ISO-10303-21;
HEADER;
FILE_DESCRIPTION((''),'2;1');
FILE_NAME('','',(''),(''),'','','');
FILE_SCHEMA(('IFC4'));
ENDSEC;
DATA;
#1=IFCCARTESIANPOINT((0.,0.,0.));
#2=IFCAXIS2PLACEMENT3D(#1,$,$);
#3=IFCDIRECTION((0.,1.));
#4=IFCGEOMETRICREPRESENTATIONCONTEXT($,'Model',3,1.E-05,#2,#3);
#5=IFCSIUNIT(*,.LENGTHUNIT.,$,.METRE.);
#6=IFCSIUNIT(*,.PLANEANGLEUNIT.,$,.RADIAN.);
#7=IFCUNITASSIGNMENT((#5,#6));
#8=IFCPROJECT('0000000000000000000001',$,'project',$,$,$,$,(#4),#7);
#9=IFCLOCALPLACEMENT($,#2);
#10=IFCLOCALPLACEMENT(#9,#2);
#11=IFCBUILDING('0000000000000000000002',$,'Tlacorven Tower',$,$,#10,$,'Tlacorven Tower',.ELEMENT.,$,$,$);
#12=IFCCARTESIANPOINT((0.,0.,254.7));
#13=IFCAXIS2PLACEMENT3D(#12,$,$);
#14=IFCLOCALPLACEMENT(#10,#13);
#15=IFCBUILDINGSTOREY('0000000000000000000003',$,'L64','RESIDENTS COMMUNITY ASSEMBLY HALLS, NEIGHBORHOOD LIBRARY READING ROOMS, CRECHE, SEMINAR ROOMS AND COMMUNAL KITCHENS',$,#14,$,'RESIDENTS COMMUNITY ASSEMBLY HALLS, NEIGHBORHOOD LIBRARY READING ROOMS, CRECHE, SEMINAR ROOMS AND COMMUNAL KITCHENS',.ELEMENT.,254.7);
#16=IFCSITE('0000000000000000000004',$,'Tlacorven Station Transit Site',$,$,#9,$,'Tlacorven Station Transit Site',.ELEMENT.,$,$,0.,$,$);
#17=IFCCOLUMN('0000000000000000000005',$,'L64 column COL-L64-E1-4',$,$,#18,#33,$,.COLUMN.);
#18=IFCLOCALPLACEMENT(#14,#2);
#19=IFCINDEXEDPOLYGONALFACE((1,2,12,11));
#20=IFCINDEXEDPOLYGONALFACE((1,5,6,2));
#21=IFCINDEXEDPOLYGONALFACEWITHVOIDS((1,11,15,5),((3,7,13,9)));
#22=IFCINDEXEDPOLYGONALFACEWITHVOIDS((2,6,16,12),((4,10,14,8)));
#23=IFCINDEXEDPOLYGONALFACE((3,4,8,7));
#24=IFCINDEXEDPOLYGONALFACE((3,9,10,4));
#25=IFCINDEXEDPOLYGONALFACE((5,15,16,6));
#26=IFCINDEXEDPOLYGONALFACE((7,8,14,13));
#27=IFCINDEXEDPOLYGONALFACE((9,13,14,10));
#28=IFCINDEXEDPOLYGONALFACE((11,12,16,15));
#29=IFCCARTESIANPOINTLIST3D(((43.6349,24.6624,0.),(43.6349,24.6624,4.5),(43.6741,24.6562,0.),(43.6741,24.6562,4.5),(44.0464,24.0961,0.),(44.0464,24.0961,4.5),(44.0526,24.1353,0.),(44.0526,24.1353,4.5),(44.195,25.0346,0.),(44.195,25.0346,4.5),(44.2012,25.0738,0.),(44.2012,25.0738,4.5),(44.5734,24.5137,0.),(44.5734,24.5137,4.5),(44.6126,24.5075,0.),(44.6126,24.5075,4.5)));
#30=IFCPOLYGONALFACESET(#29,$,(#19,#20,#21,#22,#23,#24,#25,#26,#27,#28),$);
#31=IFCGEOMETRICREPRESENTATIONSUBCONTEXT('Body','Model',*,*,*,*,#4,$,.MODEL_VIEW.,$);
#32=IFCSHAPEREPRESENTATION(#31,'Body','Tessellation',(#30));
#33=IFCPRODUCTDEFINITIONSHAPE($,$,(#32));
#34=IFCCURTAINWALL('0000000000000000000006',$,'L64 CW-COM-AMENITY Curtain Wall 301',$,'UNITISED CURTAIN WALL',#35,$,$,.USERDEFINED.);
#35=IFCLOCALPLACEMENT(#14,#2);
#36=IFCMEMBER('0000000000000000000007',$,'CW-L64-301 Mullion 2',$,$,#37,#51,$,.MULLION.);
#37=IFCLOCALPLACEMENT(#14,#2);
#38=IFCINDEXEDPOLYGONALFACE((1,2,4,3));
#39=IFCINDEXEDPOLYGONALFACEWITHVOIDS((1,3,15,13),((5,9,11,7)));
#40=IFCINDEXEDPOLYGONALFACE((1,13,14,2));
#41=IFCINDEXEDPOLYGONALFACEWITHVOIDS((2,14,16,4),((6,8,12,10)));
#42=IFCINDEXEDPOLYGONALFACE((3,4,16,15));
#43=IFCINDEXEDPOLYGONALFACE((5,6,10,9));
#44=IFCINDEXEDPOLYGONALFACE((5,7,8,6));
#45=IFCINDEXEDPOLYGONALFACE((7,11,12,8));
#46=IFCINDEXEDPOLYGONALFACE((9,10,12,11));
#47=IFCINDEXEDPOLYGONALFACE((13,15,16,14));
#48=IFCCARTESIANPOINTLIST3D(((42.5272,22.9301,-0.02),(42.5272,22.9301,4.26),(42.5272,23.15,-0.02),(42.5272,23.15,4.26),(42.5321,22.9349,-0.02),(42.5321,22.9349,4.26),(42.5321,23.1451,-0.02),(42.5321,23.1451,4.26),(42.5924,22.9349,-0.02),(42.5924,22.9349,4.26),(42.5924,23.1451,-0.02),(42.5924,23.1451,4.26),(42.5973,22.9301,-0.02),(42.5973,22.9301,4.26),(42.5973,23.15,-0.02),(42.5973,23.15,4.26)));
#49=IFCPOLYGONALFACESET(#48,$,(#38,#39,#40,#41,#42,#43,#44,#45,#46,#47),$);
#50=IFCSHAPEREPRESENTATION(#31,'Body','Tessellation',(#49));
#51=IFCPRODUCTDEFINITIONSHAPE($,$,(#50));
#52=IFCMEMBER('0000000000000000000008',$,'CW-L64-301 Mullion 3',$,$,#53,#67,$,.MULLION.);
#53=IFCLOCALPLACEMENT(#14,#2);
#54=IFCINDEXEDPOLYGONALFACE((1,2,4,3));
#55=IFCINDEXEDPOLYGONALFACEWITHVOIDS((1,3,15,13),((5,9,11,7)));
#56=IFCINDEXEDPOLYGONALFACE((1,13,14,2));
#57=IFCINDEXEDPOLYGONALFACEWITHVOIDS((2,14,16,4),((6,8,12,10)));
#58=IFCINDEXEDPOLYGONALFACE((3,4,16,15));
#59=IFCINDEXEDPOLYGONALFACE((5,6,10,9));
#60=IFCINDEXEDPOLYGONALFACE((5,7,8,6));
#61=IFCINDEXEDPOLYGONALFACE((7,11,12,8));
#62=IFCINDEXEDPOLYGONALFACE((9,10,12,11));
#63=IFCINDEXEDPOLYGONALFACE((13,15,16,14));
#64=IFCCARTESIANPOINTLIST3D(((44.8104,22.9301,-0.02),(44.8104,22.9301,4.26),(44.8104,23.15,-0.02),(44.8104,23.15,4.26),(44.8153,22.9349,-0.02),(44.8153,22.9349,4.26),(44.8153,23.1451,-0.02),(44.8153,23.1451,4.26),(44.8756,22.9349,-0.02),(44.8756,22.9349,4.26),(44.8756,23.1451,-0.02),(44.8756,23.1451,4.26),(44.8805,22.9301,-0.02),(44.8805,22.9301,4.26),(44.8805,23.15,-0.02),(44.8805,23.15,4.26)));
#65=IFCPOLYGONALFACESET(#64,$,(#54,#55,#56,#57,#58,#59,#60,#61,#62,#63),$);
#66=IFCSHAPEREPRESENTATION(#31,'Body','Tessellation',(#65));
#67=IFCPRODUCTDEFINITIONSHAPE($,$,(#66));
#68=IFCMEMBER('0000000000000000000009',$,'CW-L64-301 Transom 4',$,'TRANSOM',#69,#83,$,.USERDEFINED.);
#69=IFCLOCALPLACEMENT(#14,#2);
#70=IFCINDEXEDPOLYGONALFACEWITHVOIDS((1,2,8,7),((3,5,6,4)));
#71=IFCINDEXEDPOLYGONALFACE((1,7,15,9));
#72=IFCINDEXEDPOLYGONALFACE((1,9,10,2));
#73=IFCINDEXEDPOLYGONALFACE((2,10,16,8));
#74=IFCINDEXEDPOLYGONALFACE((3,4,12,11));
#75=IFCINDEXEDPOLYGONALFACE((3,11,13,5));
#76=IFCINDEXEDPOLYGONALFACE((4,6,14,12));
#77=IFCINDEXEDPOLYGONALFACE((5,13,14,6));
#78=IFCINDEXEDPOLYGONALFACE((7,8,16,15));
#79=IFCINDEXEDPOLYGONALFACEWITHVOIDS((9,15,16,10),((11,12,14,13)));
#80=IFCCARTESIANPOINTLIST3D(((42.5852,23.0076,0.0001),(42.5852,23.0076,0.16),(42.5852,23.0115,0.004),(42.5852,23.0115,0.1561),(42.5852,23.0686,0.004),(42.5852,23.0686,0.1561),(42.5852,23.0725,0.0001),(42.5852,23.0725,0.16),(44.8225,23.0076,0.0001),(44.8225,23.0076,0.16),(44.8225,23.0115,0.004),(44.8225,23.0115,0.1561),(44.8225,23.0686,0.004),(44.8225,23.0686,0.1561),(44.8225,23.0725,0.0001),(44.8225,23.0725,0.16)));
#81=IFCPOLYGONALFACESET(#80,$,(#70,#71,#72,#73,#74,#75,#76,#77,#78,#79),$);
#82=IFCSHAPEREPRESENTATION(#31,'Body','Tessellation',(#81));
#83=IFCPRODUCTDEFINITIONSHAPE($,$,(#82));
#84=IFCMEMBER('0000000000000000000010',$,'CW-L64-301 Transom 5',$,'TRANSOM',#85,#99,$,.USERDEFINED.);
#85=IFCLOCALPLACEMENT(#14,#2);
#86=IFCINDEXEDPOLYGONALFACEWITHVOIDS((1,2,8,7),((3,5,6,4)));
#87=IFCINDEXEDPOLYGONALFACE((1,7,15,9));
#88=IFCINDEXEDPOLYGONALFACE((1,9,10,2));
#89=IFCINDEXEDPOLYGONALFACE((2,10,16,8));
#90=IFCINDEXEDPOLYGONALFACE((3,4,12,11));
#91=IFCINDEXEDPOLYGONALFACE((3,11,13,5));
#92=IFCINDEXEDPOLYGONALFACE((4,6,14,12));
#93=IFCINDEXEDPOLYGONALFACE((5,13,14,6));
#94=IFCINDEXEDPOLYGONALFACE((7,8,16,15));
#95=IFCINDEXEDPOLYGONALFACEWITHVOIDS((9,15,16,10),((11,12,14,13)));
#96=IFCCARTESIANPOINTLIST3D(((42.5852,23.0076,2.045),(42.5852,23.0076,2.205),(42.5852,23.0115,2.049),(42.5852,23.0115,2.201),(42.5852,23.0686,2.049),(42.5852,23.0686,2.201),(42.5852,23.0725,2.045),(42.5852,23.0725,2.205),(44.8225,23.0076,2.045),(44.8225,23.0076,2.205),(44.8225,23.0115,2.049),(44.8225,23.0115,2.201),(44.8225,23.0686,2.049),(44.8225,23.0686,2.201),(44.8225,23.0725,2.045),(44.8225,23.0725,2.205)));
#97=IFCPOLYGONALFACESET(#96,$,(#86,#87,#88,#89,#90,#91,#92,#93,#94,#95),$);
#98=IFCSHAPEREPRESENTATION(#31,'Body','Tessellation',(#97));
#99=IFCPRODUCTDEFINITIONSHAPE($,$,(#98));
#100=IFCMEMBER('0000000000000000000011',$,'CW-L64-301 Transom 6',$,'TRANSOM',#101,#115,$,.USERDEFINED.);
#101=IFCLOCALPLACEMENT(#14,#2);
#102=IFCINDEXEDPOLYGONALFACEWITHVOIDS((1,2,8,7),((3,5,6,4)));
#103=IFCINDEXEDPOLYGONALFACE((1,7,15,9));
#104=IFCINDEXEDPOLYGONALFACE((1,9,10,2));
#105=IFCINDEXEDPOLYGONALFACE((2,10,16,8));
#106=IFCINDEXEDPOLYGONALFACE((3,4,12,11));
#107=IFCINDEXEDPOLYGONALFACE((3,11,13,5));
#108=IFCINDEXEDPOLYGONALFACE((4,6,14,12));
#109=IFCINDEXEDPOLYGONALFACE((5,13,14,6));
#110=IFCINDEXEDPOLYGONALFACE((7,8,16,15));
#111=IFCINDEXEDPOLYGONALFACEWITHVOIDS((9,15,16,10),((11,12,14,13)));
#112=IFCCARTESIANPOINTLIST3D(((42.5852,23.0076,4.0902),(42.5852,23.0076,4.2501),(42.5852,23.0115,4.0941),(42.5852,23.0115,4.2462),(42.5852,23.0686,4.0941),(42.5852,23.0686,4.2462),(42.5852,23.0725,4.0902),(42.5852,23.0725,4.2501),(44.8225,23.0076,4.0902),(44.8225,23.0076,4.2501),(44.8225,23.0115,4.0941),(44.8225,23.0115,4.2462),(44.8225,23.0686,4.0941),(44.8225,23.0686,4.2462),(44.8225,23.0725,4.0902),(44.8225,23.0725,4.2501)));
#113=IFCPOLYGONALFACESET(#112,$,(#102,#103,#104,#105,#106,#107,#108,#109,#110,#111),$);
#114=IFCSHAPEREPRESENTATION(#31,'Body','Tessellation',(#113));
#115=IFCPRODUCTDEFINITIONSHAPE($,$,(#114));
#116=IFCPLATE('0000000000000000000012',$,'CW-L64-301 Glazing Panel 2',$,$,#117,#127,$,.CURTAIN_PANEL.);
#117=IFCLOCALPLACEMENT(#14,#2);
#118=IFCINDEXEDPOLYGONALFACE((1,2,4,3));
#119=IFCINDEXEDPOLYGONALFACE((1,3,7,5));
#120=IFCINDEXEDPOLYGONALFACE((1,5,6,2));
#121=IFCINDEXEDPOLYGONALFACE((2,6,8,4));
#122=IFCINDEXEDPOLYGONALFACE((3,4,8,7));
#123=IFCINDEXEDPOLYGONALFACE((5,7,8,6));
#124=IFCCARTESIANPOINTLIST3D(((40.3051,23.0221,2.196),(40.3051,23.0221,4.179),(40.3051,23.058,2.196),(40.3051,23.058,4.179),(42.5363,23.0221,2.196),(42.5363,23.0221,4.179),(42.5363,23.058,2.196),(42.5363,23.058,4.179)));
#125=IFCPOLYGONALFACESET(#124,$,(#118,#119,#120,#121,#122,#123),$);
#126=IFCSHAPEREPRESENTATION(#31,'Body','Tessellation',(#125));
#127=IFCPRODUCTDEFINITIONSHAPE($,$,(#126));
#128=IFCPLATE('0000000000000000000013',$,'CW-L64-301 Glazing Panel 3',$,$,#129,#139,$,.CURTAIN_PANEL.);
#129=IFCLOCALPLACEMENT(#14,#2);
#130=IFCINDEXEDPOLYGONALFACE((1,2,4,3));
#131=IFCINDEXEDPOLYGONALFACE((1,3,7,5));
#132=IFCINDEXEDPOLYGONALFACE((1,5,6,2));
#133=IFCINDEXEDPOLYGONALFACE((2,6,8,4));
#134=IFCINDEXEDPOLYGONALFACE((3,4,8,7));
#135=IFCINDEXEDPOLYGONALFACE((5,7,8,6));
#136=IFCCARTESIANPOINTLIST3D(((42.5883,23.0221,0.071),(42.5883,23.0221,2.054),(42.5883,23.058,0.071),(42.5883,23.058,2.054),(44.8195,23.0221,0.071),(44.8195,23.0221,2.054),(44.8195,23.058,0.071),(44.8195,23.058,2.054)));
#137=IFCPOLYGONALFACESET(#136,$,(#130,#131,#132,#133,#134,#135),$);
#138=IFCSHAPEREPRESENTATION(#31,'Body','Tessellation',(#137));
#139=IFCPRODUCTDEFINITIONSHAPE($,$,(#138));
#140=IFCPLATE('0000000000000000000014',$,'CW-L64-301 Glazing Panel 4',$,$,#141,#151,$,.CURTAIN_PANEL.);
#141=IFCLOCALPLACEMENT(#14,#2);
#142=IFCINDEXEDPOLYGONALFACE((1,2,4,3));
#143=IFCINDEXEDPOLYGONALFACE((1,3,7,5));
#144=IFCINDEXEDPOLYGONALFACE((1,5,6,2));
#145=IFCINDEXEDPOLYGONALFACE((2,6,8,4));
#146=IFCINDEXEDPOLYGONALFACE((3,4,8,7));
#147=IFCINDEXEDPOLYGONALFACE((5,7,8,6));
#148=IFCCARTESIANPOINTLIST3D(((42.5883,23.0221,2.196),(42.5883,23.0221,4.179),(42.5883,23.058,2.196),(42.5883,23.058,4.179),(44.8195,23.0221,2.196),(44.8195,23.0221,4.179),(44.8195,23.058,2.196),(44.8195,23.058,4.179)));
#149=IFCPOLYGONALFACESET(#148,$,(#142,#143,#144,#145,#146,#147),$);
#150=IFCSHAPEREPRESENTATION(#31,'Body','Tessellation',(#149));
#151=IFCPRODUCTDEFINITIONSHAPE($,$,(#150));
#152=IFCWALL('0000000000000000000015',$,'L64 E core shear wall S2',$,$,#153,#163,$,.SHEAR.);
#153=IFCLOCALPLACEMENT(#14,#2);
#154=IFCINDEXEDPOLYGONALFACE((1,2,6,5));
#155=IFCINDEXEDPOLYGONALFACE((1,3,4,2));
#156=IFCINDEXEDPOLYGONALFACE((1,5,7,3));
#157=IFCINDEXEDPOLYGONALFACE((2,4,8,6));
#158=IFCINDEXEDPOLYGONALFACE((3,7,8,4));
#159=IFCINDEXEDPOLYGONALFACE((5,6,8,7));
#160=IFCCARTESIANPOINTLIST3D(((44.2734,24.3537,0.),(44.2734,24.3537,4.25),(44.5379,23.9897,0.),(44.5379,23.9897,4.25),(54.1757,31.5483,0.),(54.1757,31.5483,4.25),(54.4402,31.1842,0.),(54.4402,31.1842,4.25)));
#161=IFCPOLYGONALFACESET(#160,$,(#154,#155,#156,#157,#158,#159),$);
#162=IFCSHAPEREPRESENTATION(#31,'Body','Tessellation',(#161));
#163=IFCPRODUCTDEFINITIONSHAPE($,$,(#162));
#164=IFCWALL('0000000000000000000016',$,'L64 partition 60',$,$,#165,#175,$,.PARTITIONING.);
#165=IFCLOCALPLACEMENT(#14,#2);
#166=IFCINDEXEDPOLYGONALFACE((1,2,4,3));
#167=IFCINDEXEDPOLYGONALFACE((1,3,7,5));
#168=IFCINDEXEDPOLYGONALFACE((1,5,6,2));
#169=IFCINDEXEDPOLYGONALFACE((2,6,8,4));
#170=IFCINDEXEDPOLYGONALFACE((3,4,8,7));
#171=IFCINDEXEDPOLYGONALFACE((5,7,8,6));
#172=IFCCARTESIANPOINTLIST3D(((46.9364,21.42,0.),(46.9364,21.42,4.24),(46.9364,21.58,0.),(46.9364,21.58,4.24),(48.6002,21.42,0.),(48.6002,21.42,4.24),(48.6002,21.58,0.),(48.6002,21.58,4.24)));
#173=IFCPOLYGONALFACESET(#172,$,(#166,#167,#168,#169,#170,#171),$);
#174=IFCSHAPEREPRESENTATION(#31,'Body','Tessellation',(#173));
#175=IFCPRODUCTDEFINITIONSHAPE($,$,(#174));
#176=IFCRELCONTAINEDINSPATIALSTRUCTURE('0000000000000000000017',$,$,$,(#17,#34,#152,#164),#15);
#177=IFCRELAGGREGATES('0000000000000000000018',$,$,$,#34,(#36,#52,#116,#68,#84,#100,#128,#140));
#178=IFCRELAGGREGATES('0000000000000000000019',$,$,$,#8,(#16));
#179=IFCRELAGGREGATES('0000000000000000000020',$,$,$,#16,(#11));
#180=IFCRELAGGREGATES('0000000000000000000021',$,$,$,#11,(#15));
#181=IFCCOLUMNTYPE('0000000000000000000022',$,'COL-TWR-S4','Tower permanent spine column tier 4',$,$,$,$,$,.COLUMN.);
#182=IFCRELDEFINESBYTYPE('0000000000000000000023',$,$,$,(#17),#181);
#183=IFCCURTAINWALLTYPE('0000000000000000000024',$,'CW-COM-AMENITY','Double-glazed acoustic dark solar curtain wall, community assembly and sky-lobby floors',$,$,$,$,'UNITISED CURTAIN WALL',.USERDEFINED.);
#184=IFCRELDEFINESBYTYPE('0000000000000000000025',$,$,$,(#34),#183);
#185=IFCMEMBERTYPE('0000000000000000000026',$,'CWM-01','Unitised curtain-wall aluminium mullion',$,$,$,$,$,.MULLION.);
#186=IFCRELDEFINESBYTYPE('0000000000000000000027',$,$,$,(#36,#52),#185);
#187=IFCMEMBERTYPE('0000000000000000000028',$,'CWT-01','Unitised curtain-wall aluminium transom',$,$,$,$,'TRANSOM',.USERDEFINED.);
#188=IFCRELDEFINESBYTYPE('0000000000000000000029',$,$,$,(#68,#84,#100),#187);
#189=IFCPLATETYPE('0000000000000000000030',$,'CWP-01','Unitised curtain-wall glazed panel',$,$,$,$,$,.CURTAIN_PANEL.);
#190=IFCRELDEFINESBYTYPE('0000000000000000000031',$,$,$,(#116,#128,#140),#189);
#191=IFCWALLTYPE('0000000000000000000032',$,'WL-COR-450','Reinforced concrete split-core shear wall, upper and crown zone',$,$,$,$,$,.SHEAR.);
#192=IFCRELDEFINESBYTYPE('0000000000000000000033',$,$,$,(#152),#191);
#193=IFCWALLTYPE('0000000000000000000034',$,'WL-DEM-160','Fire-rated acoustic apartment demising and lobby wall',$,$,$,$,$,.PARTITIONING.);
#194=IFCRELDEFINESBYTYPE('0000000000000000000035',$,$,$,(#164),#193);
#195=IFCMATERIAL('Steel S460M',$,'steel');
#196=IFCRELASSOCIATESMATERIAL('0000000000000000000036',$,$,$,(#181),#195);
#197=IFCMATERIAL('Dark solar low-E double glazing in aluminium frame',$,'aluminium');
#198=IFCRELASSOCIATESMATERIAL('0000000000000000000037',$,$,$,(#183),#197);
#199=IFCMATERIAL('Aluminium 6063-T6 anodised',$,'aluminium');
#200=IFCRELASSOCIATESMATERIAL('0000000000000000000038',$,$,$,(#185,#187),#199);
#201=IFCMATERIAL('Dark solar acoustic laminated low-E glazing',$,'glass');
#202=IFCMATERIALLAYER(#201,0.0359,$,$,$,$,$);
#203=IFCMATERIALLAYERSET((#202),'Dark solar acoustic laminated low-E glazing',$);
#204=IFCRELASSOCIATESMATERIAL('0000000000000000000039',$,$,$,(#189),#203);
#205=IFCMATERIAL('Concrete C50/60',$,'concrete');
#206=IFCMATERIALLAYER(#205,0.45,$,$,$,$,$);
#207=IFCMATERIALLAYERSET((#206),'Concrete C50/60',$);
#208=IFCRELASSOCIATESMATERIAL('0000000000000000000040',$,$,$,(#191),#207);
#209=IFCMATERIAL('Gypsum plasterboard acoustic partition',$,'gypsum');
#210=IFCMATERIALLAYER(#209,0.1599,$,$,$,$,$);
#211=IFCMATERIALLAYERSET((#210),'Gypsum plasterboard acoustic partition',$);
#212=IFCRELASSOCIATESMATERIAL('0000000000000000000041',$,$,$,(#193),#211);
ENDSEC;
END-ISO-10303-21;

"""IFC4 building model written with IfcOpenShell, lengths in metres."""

from ifc_helpers import new_model, si_unit, direction, frame, frame_2d, origin, origin_2d, place, context, subcontext, project, spatial, rectangle, hollow_rectangle, extrude, source, transform, mapped, material, layer, layer_set, material_profile, profile_set, type_object, element, aggregate, save


model = new_model("IFC4")

# Units and contexts
model_context = context("Model", 3, precision=1e-05, world=origin(), true_north=direction((0.0, 1.0)))
body_context = subcontext(model_context, "Body", "Model", "MODEL_VIEW")
ifc_project = project(units=[si_unit("LENGTHUNIT", "METRE"), si_unit("PLANEANGLEUNIT", "RADIAN")], contexts=[model_context])

# Site, building, storey
site_placement = place(None, origin())
site = spatial("IfcSite", under=ifc_project, at=site_placement, Name="Tlacorven Station Transit Site", LongName="Tlacorven Station Transit Site", CompositionType="ELEMENT", RefElevation=0.0)
building_placement = place(site_placement, origin())
building = spatial("IfcBuilding", under=site, at=building_placement, Name="Tlacorven Tower", LongName="Tlacorven Tower", CompositionType="ELEMENT")
storey_placement = place(building_placement, frame((0.0, 0.0, 254.7)))
storey = spatial("IfcBuildingStorey", under=building, at=storey_placement, Name="L64", Description="RESIDENTS COMMUNITY ASSEMBLY HALLS, NEIGHBORHOOD LIBRARY READING ROOMS, CRECHE, SEMINAR ROOMS AND COMMUNAL KITCHENS", LongName="RESIDENTS COMMUNITY ASSEMBLY HALLS, NEIGHBORHOOD LIBRARY READING ROOMS, CRECHE, SEMINAR ROOMS AND COMMUNAL KITCHENS", CompositionType="ELEMENT", Elevation=254.7)

# Column
ifc_material_1 = material(Name="Steel S460M", Category="steel")
ifc_material_profile_1 = material_profile(ifc_material_1, hollow_rectangle(XDim=0.7, YDim=0.7, WallThickness=0.0281, at=origin_2d()), Name="BOX 700X700X28")
ifc_profile_set_1 = profile_set([ifc_material_profile_1], Name="Steel S460M")
column_type = type_object("IfcColumnType", Name="COL-TWR-S4", Description="Tower permanent spine column tier 4", PredefinedType="COLUMN", material=ifc_profile_set_1)
shared_shape_1 = source(origin(), body_context, "Body", "SweptSolid", [
    extrude(hollow_rectangle(XDim=0.7, YDim=0.7, WallThickness=0.0281, at=origin_2d()), origin(), (0.0, 0.0, 1.0), 4.5),
])
column_placement = place(storey_placement, frame((44.1238, 24.585, 0.0), z_axis=(0.0, 0.0, 1.0), x_axis=(0.809017, 0.587785, 0.0)))
element("IfcColumn", 1, at=column_placement, inside=storey, type_object=column_type, Name="L64 column COL-L64-E1-4", PredefinedType="COLUMN", context=body_context, shape_type="MappedRepresentation", body=[
    mapped(shared_shape_1, transform((0.0, 0.0, 0.0), scale=1.0)),
])

# Curtain wall, members, plates
ifc_material_2 = material(Name="Dark solar low-E double glazing in aluminium frame", Category="aluminium")
curtain_wall_type = type_object("IfcCurtainWallType", Name="CW-COM-AMENITY", Description="Double-glazed acoustic dark solar curtain wall, community assembly and sky-lobby floors", ElementType="UNITISED CURTAIN WALL", PredefinedType="USERDEFINED", material=ifc_material_2)
curtain_wall_placement = place(storey_placement, origin())
curtain_wall = element("IfcCurtainWall", 2, at=curtain_wall_placement, inside=storey, type_object=curtain_wall_type, Name="L64 CW-COM-AMENITY Curtain Wall 301", ObjectType="UNITISED CURTAIN WALL", PredefinedType="USERDEFINED")
ifc_material_3 = material(Name="Aluminium 6063-T6 anodised", Category="aluminium")
ifc_material_profile_2 = material_profile(ifc_material_3, hollow_rectangle(XDim=0.0701, YDim=0.22, WallThickness=0.0049, at=origin_2d()), Name="ALU MULLION 70X220")
ifc_profile_set_2 = profile_set([ifc_material_profile_2], Name="Aluminium 6063-T6 anodised")
member_type_1 = type_object("IfcMemberType", Name="CWM-01", Description="Unitised curtain-wall aluminium mullion", PredefinedType="MULLION", material=ifc_profile_set_2)
shared_shape_2 = source(origin(), body_context, "Body", "SweptSolid", [
    extrude(hollow_rectangle(XDim=0.0701, YDim=0.22, WallThickness=0.0049, at=origin_2d()), origin(), (0.0, 0.0, 1.0), 4.28),
])
member_1_placement = place(storey_placement, frame((42.5623, 23.04, -0.02), z_axis=(0.0, 0.0, 1.0), x_axis=(1.0, 0.0, 0.0)))
member_1 = element("IfcMember", 3, at=member_1_placement, type_object=member_type_1, Name="CW-L64-301 Mullion 2", PredefinedType="MULLION", context=body_context, shape_type="MappedRepresentation", body=[
    mapped(shared_shape_2, transform((0.0, 0.0, 0.0), scale=1.0)),
])
member_2_placement = place(storey_placement, frame((44.8455, 23.04, -0.02), z_axis=(0.0, 0.0, 1.0), x_axis=(1.0, 0.0, 0.0)))
member_2 = element("IfcMember", 4, at=member_2_placement, type_object=member_type_1, Name="CW-L64-301 Mullion 3", PredefinedType="MULLION", context=body_context, shape_type="MappedRepresentation", body=[
    mapped(shared_shape_2, transform((0.0, 0.0, 0.0), scale=1.0)),
])
ifc_material_profile_3 = material_profile(ifc_material_3, hollow_rectangle(XDim=0.0649, YDim=0.1599, WallThickness=0.0039, at=origin_2d()), Name="ALU TRANSOM 65X160")
ifc_profile_set_3 = profile_set([ifc_material_profile_3], Name="Aluminium 6063-T6 anodised")
member_type_2 = type_object("IfcMemberType", Name="CWT-01", Description="Unitised curtain-wall aluminium transom", ElementType="TRANSOM", PredefinedType="USERDEFINED", material=ifc_profile_set_3)
shared_shape_3 = source(origin(), body_context, "Body", "SweptSolid", [
    extrude(hollow_rectangle(XDim=0.0649, YDim=0.1599, WallThickness=0.0039, at=origin_2d()), origin(), (0.0, 0.0, 1.0), 2.2373),
])
member_3_placement = place(storey_placement, frame((42.5852, 23.04, 0.0801), z_axis=(1.0, 0.0, 0.0), x_axis=(0.0, 1.0, 0.0)))
member_3 = element("IfcMember", 5, at=member_3_placement, type_object=member_type_2, Name="CW-L64-301 Transom 4", ObjectType="TRANSOM", PredefinedType="USERDEFINED", context=body_context, shape_type="MappedRepresentation", body=[
    mapped(shared_shape_3, transform((0.0, 0.0, 0.0), scale=1.0)),
])
member_4_placement = place(storey_placement, frame((42.5852, 23.04, 2.125), z_axis=(1.0, 0.0, 0.0), x_axis=(0.0, 1.0, 0.0)))
member_4 = element("IfcMember", 6, at=member_4_placement, type_object=member_type_2, Name="CW-L64-301 Transom 5", ObjectType="TRANSOM", PredefinedType="USERDEFINED", context=body_context, shape_type="MappedRepresentation", body=[
    mapped(shared_shape_3, transform((0.0, 0.0, 0.0), scale=1.0)),
])
member_5_placement = place(storey_placement, frame((42.5852, 23.04, 4.1702), z_axis=(1.0, 0.0, 0.0), x_axis=(0.0, 1.0, 0.0)))
member_5 = element("IfcMember", 7, at=member_5_placement, type_object=member_type_2, Name="CW-L64-301 Transom 6", ObjectType="TRANSOM", PredefinedType="USERDEFINED", context=body_context, shape_type="MappedRepresentation", body=[
    mapped(shared_shape_3, transform((0.0, 0.0, 0.0), scale=1.0)),
])
ifc_material_4 = material(Name="Dark solar acoustic laminated low-E glazing", Category="glass")
ifc_layer_1 = layer(ifc_material_4, 0.0359)
ifc_layer_set_1 = layer_set([ifc_layer_1], Name="Dark solar acoustic laminated low-E glazing")
plate_type = type_object("IfcPlateType", Name="CWP-01", Description="Unitised curtain-wall glazed panel", PredefinedType="CURTAIN_PANEL", material=ifc_layer_set_1)
shared_shape_4 = source(origin(), body_context, "Body", "SweptSolid", [
    extrude(rectangle(XDim=2.2312, YDim=0.0359, at=origin_2d()), origin(), (0.0, 0.0, 1.0), 1.9829),
])
plate_1_placement = place(storey_placement, frame((41.4207, 23.04, 2.196), z_axis=(0.0, 0.0, 1.0), x_axis=(1.0, 0.0, 0.0)))
plate_1 = element("IfcPlate", 8, at=plate_1_placement, type_object=plate_type, Name="CW-L64-301 Glazing Panel 2", PredefinedType="CURTAIN_PANEL", context=body_context, shape_type="MappedRepresentation", body=[
    mapped(shared_shape_4, transform((0.0, 0.0, 0.0), scale=1.0)),
])
plate_2_placement = place(storey_placement, frame((43.7039, 23.04, 0.071), z_axis=(0.0, 0.0, 1.0), x_axis=(1.0, 0.0, 0.0)))
plate_2 = element("IfcPlate", 9, at=plate_2_placement, type_object=plate_type, Name="CW-L64-301 Glazing Panel 3", PredefinedType="CURTAIN_PANEL", context=body_context, shape_type="MappedRepresentation", body=[
    mapped(shared_shape_4, transform((0.0, 0.0, 0.0), scale=1.0)),
])
plate_3_placement = place(storey_placement, frame((43.7039, 23.04, 2.196), z_axis=(0.0, 0.0, 1.0), x_axis=(1.0, 0.0, 0.0)))
plate_3 = element("IfcPlate", 10, at=plate_3_placement, type_object=plate_type, Name="CW-L64-301 Glazing Panel 4", PredefinedType="CURTAIN_PANEL", context=body_context, shape_type="MappedRepresentation", body=[
    mapped(shared_shape_4, transform((0.0, 0.0, 0.0), scale=1.0)),
])
aggregate(curtain_wall, [member_1, member_2, plate_1, member_3, member_4, member_5, plate_2, plate_3])

# Walls
ifc_material_5 = material(Name="Concrete C50/60", Category="concrete")
ifc_layer_2 = layer(ifc_material_5, 0.45)
ifc_layer_set_2 = layer_set([ifc_layer_2], Name="Concrete C50/60")
wall_type_1 = type_object("IfcWallType", Name="WL-COR-450", Description="Reinforced concrete split-core shear wall, upper and crown zone", PredefinedType="SHEAR", material=ifc_layer_set_2)
wall_1_placement = place(storey_placement, frame((44.4055, 24.1716, 0.0), z_axis=(0.0, 0.0, 1.0), x_axis=(0.809013, 0.587791, 0.0)))
element("IfcWall", 11, at=wall_1_placement, inside=storey, type_object=wall_type_1, Name="L64 E core shear wall S2", PredefinedType="SHEAR", context=body_context, shape_type="SweptSolid", body=[
    extrude(rectangle(XDim=12.24, YDim=0.45, at=frame_2d((6.1201, 0.0))), origin(), (0.0, 0.0, 1.0), 4.25),
])
ifc_material_6 = material(Name="Gypsum plasterboard acoustic partition", Category="gypsum")
ifc_layer_3 = layer(ifc_material_6, 0.1599)
ifc_layer_set_3 = layer_set([ifc_layer_3], Name="Gypsum plasterboard acoustic partition")
wall_type_2 = type_object("IfcWallType", Name="WL-DEM-160", Description="Fire-rated acoustic apartment demising and lobby wall", PredefinedType="PARTITIONING", material=ifc_layer_set_3)
wall_2_placement = place(storey_placement, frame((46.9363, 21.5, 0.0), z_axis=(0.0, 0.0, 1.0), x_axis=(1.0, 0.0, 0.0)))
element("IfcWall", 12, at=wall_2_placement, inside=storey, type_object=wall_type_2, Name="L64 partition 60", PredefinedType="PARTITIONING", context=body_context, shape_type="SweptSolid", body=[
    extrude(rectangle(XDim=1.6638, YDim=0.1599, at=frame_2d((0.832, 0.0))), origin(), (0.0, 0.0, 1.0), 4.24),
])

save(model, "model.ifc")
